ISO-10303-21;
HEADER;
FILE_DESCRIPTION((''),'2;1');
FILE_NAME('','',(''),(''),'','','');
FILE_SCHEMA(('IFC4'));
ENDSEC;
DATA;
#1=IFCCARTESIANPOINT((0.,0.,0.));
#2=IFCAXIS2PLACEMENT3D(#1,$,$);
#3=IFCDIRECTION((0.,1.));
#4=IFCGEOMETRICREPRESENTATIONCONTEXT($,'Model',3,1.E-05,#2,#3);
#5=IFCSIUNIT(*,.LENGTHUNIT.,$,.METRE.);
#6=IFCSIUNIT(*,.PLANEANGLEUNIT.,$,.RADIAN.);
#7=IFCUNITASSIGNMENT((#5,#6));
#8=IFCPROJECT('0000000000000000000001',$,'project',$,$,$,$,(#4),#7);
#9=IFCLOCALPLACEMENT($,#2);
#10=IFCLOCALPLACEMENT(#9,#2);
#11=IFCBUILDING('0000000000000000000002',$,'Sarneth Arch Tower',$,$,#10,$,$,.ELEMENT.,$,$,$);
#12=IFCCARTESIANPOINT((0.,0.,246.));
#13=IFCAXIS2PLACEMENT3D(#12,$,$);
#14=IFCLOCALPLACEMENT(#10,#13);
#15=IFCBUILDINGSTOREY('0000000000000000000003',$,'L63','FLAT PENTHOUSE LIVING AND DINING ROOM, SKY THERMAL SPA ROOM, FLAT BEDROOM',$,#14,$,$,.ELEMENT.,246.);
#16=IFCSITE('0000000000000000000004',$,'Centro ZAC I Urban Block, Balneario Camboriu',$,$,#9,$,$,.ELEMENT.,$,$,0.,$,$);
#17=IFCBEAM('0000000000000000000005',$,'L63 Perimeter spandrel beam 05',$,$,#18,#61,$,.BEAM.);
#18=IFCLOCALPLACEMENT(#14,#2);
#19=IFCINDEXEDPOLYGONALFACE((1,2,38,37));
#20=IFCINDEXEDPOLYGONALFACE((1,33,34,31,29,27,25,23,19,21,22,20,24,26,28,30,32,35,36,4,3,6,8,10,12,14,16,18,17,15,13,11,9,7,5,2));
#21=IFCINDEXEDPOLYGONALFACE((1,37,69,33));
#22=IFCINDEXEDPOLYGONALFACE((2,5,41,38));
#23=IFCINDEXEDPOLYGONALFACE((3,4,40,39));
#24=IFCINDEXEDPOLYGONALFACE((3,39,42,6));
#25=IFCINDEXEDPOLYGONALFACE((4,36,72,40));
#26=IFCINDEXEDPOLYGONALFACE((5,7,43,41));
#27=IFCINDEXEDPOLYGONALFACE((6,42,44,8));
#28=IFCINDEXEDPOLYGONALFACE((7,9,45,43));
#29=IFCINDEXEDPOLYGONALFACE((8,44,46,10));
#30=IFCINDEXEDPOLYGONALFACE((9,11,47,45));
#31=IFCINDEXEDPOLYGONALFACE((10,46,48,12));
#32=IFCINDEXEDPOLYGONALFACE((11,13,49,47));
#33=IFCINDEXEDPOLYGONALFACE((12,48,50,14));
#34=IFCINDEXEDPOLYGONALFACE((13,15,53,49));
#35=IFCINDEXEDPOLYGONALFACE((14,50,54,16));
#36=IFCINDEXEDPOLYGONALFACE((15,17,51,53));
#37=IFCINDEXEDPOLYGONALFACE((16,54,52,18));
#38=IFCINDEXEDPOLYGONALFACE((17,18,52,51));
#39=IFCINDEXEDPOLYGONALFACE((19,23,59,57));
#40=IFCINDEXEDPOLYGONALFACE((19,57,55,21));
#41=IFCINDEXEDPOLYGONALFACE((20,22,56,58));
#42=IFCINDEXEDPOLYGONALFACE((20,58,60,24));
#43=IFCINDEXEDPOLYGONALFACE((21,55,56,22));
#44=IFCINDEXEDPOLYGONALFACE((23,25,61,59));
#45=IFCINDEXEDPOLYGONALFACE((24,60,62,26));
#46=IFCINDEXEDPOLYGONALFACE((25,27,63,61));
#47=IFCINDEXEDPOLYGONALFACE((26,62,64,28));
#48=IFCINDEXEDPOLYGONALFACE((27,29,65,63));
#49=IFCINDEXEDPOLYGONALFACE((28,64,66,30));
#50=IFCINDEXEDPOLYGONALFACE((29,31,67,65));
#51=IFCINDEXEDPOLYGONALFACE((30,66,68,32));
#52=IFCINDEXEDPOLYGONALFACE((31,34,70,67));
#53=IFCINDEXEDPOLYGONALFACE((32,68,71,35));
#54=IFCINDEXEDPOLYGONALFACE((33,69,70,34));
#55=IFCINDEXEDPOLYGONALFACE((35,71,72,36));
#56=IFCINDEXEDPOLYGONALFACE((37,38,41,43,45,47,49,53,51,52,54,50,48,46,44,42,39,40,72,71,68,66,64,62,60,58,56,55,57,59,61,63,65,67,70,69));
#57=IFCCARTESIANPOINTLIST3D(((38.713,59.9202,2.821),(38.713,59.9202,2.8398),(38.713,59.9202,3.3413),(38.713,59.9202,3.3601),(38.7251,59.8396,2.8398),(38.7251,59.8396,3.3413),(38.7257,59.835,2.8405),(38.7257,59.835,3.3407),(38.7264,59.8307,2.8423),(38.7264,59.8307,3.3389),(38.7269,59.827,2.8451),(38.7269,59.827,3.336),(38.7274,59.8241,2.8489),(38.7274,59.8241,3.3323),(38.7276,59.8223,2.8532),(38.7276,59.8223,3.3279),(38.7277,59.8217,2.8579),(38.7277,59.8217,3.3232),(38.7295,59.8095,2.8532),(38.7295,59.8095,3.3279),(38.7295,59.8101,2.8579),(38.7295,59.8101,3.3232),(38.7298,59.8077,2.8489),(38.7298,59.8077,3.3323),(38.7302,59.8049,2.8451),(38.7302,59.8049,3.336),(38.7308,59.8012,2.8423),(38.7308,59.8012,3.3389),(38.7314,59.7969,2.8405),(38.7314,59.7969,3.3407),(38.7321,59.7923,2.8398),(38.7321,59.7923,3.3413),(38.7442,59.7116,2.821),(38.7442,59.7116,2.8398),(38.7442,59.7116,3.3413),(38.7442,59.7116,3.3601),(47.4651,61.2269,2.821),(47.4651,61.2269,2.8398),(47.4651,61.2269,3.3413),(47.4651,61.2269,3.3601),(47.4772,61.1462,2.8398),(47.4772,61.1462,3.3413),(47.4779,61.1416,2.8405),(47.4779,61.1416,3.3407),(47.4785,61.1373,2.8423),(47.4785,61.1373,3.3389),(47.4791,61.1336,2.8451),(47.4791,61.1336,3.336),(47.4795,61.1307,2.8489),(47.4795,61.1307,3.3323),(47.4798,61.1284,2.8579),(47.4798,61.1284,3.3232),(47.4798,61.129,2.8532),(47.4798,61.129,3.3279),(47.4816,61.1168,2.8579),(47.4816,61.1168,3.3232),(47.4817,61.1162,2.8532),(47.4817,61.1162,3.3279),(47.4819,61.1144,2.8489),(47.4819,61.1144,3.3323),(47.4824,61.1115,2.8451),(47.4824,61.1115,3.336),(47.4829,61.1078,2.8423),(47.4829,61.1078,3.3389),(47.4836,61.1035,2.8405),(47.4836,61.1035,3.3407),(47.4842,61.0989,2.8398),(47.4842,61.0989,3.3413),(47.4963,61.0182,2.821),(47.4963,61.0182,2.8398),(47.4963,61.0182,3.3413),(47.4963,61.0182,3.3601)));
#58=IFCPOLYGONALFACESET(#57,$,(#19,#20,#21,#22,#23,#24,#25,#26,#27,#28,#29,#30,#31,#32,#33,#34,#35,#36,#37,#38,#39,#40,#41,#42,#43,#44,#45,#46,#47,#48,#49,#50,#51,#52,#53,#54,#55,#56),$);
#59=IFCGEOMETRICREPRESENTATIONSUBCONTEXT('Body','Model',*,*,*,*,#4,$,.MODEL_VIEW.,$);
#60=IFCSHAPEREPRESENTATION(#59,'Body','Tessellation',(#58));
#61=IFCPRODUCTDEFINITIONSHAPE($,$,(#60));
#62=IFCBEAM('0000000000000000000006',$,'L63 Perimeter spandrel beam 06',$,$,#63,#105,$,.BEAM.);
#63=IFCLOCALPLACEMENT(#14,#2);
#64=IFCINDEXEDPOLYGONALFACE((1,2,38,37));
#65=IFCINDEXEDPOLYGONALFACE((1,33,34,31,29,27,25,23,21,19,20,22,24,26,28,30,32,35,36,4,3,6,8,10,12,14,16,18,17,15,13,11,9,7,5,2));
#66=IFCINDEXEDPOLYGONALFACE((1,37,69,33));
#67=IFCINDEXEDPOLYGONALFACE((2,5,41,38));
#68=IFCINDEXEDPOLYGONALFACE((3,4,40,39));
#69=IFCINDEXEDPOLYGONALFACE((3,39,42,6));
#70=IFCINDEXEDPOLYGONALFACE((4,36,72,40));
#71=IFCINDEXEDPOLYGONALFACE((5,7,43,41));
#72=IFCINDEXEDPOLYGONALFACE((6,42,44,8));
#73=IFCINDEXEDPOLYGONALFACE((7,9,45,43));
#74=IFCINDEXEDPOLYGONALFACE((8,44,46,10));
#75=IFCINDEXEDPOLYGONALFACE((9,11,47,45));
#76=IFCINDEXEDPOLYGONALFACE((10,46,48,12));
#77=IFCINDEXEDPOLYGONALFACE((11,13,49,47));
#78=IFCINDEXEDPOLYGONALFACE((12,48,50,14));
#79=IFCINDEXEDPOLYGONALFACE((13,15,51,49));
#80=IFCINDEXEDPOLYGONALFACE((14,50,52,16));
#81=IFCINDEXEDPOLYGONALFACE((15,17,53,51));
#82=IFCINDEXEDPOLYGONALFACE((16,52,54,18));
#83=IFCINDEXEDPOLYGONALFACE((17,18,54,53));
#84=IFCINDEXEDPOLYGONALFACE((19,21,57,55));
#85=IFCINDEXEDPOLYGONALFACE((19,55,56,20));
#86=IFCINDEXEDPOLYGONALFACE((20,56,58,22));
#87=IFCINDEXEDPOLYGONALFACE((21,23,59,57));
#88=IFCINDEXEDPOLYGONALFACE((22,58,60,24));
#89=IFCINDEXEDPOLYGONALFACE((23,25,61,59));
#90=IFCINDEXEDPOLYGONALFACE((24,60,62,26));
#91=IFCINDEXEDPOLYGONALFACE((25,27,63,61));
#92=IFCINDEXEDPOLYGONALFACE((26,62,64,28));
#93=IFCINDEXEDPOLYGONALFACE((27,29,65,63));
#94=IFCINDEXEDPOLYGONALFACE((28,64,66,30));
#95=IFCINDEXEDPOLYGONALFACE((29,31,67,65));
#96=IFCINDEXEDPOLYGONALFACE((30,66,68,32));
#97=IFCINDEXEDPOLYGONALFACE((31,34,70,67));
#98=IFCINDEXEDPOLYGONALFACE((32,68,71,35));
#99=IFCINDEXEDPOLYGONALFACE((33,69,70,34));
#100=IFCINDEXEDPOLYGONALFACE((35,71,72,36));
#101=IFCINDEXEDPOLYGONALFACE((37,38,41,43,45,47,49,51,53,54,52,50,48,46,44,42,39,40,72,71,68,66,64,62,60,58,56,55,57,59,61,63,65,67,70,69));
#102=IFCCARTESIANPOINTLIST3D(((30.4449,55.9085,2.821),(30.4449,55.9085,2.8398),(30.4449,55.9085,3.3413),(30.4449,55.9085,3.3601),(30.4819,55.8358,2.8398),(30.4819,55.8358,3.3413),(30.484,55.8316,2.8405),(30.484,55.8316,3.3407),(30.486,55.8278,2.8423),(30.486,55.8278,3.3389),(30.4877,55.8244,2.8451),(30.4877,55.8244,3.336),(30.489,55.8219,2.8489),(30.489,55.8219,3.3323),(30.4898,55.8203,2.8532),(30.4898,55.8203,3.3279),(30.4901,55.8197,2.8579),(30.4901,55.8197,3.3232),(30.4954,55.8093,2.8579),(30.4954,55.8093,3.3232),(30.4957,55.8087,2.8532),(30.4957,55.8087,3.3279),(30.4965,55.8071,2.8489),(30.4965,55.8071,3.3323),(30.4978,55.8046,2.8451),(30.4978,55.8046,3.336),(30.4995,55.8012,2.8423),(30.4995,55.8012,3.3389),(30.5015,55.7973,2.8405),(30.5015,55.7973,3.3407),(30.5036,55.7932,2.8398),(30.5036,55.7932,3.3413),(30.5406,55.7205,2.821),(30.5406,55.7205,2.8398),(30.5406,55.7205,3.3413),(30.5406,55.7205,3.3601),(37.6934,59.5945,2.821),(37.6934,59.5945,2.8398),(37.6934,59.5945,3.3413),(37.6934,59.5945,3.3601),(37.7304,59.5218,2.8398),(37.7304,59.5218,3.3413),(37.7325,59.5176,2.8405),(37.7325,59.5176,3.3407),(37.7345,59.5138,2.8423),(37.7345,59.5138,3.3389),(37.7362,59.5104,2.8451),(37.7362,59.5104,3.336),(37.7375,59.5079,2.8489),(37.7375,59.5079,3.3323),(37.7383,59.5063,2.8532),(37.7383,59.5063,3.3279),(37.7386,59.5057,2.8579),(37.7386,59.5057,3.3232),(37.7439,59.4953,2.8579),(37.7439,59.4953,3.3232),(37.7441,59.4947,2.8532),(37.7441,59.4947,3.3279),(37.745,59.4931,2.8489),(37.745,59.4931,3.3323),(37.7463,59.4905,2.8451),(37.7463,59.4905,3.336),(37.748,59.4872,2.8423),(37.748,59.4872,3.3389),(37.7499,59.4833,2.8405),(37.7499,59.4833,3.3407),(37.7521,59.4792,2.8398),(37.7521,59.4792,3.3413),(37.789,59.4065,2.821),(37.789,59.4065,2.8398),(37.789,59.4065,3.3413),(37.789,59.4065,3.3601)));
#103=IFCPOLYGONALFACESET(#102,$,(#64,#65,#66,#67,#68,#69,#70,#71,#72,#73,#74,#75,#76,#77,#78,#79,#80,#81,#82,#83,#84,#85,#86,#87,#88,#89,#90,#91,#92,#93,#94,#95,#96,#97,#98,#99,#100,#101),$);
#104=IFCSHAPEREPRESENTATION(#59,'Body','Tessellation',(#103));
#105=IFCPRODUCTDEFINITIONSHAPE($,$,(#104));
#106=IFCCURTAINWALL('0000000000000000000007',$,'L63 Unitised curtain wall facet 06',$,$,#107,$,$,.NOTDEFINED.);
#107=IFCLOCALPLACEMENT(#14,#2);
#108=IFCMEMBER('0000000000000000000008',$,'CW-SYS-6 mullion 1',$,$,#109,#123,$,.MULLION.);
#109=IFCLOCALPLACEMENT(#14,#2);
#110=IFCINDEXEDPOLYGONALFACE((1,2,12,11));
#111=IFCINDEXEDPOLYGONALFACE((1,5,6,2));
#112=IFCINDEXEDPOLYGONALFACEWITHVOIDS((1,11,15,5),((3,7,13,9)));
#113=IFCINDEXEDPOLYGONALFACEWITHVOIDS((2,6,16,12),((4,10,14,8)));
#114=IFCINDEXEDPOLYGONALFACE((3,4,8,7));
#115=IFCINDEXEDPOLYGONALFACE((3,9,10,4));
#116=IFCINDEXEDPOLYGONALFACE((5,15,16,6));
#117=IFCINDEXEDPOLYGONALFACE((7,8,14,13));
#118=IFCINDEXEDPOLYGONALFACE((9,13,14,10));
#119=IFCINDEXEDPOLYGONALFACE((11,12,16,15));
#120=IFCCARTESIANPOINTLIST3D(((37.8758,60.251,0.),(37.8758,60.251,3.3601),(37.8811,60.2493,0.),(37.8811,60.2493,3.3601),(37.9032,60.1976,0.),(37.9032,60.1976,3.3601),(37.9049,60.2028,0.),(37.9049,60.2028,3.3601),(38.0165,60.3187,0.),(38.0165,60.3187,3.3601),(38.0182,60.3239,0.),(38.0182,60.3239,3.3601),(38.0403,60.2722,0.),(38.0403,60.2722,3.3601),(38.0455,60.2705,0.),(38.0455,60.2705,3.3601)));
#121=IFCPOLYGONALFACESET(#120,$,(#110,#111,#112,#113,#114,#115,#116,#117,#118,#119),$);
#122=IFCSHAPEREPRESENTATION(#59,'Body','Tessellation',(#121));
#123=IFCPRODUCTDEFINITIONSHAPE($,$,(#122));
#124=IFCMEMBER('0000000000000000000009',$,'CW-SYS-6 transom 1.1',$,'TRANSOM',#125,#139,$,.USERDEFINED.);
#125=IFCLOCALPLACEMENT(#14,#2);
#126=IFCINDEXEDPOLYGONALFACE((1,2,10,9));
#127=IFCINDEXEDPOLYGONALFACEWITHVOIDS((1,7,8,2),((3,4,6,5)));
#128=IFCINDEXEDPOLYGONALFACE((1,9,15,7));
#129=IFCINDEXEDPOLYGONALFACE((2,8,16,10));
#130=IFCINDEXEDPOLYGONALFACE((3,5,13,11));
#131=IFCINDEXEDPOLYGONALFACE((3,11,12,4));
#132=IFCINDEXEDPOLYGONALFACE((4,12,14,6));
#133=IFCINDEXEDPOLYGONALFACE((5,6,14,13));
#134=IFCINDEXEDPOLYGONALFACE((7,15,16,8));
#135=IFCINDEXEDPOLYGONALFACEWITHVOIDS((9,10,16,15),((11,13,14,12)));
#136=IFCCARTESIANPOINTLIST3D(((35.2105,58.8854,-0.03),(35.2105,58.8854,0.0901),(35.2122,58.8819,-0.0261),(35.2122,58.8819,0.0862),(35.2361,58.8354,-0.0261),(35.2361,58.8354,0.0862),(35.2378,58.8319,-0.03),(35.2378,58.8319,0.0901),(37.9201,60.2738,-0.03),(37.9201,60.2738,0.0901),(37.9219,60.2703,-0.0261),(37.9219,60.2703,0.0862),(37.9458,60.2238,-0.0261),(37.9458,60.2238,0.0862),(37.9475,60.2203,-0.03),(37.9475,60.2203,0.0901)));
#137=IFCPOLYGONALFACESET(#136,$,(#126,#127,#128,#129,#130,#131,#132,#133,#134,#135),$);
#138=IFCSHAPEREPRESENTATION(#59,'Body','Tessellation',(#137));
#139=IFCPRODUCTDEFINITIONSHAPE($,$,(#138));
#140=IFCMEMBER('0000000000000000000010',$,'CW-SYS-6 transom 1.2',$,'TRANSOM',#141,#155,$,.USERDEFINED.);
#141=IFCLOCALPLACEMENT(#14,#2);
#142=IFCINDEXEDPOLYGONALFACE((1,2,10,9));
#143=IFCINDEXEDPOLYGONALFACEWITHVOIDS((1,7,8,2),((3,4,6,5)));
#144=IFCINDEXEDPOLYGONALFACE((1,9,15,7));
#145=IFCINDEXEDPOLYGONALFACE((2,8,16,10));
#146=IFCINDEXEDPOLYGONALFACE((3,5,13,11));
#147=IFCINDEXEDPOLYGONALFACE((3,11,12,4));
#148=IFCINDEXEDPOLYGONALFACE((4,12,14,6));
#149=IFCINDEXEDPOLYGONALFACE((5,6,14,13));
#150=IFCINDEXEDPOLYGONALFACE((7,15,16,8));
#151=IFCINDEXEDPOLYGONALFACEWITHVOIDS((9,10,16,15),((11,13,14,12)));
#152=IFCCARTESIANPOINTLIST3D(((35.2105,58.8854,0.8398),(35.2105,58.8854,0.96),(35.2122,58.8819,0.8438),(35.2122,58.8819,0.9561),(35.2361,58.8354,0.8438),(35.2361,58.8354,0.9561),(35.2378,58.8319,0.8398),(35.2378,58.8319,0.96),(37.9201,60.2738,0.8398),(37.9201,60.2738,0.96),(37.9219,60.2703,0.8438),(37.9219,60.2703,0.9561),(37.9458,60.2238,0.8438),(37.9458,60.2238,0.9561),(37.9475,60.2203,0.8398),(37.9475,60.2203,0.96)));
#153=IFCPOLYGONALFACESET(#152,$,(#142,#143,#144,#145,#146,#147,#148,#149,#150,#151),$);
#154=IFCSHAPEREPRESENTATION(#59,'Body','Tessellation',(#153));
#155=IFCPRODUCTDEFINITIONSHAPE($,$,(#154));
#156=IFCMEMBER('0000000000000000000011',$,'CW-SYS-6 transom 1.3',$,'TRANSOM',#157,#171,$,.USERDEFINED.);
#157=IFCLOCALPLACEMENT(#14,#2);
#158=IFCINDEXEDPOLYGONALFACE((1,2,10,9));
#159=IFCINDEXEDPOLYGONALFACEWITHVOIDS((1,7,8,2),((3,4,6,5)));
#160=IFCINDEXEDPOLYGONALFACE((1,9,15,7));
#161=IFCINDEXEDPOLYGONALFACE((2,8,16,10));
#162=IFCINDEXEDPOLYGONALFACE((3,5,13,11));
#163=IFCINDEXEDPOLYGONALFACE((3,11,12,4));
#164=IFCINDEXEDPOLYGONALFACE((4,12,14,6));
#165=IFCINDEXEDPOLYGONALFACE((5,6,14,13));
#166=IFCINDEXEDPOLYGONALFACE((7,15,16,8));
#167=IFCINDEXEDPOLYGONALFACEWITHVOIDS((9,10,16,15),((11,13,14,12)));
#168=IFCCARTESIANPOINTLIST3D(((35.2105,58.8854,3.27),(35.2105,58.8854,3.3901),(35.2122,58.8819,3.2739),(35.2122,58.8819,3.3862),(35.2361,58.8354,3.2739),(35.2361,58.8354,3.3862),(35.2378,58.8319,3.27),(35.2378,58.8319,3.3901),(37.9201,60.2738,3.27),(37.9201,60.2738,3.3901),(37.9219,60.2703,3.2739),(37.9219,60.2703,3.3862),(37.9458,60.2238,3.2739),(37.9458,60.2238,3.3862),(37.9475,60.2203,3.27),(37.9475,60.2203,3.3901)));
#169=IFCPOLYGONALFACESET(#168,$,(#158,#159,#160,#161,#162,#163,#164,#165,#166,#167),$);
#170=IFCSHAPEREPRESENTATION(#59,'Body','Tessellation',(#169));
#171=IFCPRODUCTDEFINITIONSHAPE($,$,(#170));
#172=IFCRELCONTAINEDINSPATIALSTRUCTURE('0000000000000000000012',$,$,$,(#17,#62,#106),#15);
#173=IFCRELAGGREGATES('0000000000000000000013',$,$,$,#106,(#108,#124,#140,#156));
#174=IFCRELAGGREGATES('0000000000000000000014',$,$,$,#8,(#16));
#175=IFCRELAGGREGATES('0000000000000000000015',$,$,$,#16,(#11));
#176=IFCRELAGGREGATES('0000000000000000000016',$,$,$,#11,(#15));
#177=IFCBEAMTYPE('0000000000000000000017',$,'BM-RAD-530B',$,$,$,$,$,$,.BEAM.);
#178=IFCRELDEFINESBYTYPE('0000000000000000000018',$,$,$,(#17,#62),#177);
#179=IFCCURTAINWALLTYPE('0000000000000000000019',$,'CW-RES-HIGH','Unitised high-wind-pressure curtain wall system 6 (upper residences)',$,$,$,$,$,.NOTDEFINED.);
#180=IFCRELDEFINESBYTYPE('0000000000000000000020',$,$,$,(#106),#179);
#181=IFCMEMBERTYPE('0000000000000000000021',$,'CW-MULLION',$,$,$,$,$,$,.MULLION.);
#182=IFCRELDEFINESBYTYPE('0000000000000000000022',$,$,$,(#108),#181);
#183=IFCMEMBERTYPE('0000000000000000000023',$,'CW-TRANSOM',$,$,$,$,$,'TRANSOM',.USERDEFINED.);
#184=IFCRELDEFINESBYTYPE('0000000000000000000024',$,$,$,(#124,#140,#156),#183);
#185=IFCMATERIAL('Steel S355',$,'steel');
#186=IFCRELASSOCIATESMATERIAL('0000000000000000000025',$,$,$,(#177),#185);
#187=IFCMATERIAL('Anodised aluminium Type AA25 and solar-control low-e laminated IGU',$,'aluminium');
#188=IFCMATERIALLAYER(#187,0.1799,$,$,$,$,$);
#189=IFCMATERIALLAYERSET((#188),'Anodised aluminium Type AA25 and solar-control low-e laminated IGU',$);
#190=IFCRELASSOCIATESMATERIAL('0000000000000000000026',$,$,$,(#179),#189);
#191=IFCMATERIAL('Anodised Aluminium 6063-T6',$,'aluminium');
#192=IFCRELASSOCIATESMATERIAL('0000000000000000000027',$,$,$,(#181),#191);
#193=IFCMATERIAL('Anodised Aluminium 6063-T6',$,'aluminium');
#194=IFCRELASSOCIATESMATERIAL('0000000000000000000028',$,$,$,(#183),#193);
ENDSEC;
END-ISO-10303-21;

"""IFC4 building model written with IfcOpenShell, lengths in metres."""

from ifc_helpers import new_model, si_unit, direction, frame, origin, origin_2d, place, context, subcontext, project, spatial, hollow_rectangle, i_section, extrude, material, layer, layer_set, material_profile, profile_set, type_object, element, aggregate, save


model = new_model("IFC4")

# Units and contexts
model_context = context("Model", 3, precision=1e-05, world=origin(), true_north=direction((0.0, 1.0)))
body_context = subcontext(model_context, "Body", "Model", "MODEL_VIEW")
ifc_project = project(units=[si_unit("LENGTHUNIT", "METRE"), si_unit("PLANEANGLEUNIT", "RADIAN")], contexts=[model_context])

# Site, building, storey
site_placement = place(None, origin())
site = spatial("IfcSite", under=ifc_project, at=site_placement, Name="Centro ZAC I Urban Block, Balneario Camboriu", CompositionType="ELEMENT", RefElevation=0.0)
building_placement = place(site_placement, origin())
building = spatial("IfcBuilding", under=site, at=building_placement, Name="Sarneth Arch Tower", CompositionType="ELEMENT")
storey_placement = place(building_placement, frame((0.0, 0.0, 246.0)))
storey = spatial("IfcBuildingStorey", under=building, at=storey_placement, Name="L63", Description="FLAT PENTHOUSE LIVING AND DINING ROOM, SKY THERMAL SPA ROOM, FLAT BEDROOM", CompositionType="ELEMENT", Elevation=246.0)

# Beams
ifc_material_1 = material(Name="Steel S355", Category="steel")
ifc_material_profile_1 = material_profile(ifc_material_1, i_section(OverallWidth=0.2109, OverallDepth=0.5391, WebThickness=0.0117, FlangeThickness=0.0188, FilletRadius=0.0181, at=origin_2d()), Name="W530x109")
ifc_profile_set_1 = profile_set([ifc_material_profile_1], Name="Steel S355")
beam_type = type_object("IfcBeamType", Name="BM-RAD-530B", PredefinedType="BEAM", material=ifc_profile_set_1)
beam_1_placement = place(storey_placement, frame((47.4807, 61.1226, 3.0906), z_axis=(-0.989039, -0.147656, 0.0), x_axis=(0.147656, -0.989039, 0.0)))
element("IfcBeam", 1, at=beam_1_placement, inside=storey, type_object=beam_type, Name="L63 Perimeter spandrel beam 05", PredefinedType="BEAM", context=body_context, shape_type="SweptSolid", body=[
    extrude(i_section(OverallWidth=0.2109, OverallDepth=0.5391, WebThickness=0.0117, FlangeThickness=0.0188, FilletRadius=0.0181, at=origin_2d()), origin(), (0.0, 0.0, 1.0), 8.8491),
])
beam_2_placement = place(storey_placement, frame((37.7412, 59.5005, 3.0906), z_axis=(-0.891368, -0.45328, 0.0), x_axis=(0.45328, -0.891368, 0.0)))
element("IfcBeam", 2, at=beam_2_placement, inside=storey, type_object=beam_type, Name="L63 Perimeter spandrel beam 06", PredefinedType="BEAM", context=body_context, shape_type="SweptSolid", body=[
    extrude(i_section(OverallWidth=0.2109, OverallDepth=0.5391, WebThickness=0.0117, FlangeThickness=0.0188, FilletRadius=0.0181, at=origin_2d()), origin(), (0.0, 0.0, 1.0), 8.1318),
])

# Curtain wall, members
ifc_material_2 = material(Name="Anodised aluminium Type AA25 and solar-control low-e laminated IGU", Category="aluminium")
ifc_layer_1 = layer(ifc_material_2, 0.1799)
ifc_layer_set_1 = layer_set([ifc_layer_1], Name="Anodised aluminium Type AA25 and solar-control low-e laminated IGU")
curtain_wall_type = type_object("IfcCurtainWallType", Name="CW-RES-HIGH", Description="Unitised high-wind-pressure curtain wall system 6 (upper residences)", PredefinedType="NOTDEFINED", material=ifc_layer_set_1)
curtain_wall_placement = place(storey_placement, origin())
curtain_wall = element("IfcCurtainWall", 3, at=curtain_wall_placement, inside=storey, type_object=curtain_wall_type, Name="L63 Unitised curtain wall facet 06", PredefinedType="NOTDEFINED")
ifc_material_3 = material(Name="Anodised Aluminium 6063-T6", Category="aluminium")
ifc_material_profile_2 = material_profile(ifc_material_3, hollow_rectangle(XDim=0.0601, YDim=0.1599, WallThickness=0.0039, at=origin_2d()), Name="AL-MULL-160x60x4")
ifc_profile_set_2 = profile_set([ifc_material_profile_2], Name="Anodised Aluminium 6063-T6")
member_type_1 = type_object("IfcMemberType", Name="CW-MULLION", PredefinedType="MULLION", material=ifc_profile_set_2)
member_1_placement = place(storey_placement, frame((37.9607, 60.2607, 0.0), z_axis=(0.0, 0.0, 1.0), x_axis=(0.455942, -0.89001, 0.0)))
member_1 = element("IfcMember", 4, at=member_1_placement, type_object=member_type_1, Name="CW-SYS-6 mullion 1", PredefinedType="MULLION", context=body_context, shape_type="SweptSolid", body=[
    extrude(hollow_rectangle(XDim=0.0601, YDim=0.1599, WallThickness=0.0039, at=origin_2d()), origin(), (0.0, 0.0, 1.0), 3.3601),
])
ifc_material_4 = material(Name="Anodised Aluminium 6063-T6", Category="aluminium")
ifc_material_profile_3 = material_profile(ifc_material_4, hollow_rectangle(XDim=0.0601, YDim=0.1201, WallThickness=0.0039, at=origin_2d()), Name="AL-TRAN-120x60x4")
ifc_profile_set_3 = profile_set([ifc_material_profile_3], Name="Anodised Aluminium 6063-T6")
member_type_2 = type_object("IfcMemberType", Name="CW-TRANSOM", ElementType="TRANSOM", PredefinedType="USERDEFINED", material=ifc_profile_set_3)
member_2_placement = place(storey_placement, frame((37.9338, 60.2471, 0.03), z_axis=(-0.889974, -0.456012, 0.0), x_axis=(0.456012, -0.889974, 0.0)))
member_2 = element("IfcMember", 5, at=member_2_placement, type_object=member_type_2, Name="CW-SYS-6 transom 1.1", ObjectType="TRANSOM", PredefinedType="USERDEFINED", context=body_context, shape_type="SweptSolid", body=[
    extrude(hollow_rectangle(XDim=0.0601, YDim=0.1201, WallThickness=0.0039, at=origin_2d()), origin(), (0.0, 0.0, 1.0), 3.0447),
])
member_3_placement = place(storey_placement, frame((37.9338, 60.2471, 0.8999), z_axis=(-0.889974, -0.456012, 0.0), x_axis=(0.456012, -0.889974, 0.0)))
member_3 = element("IfcMember", 6, at=member_3_placement, type_object=member_type_2, Name="CW-SYS-6 transom 1.2", ObjectType="TRANSOM", PredefinedType="USERDEFINED", context=body_context, shape_type="SweptSolid", body=[
    extrude(hollow_rectangle(XDim=0.0601, YDim=0.1201, WallThickness=0.0039, at=origin_2d()), origin(), (0.0, 0.0, 1.0), 3.0447),
])
member_4_placement = place(storey_placement, frame((37.9338, 60.2471, 3.3301), z_axis=(-0.889974, -0.456012, 0.0), x_axis=(0.456012, -0.889974, 0.0)))
member_4 = element("IfcMember", 7, at=member_4_placement, type_object=member_type_2, Name="CW-SYS-6 transom 1.3", ObjectType="TRANSOM", PredefinedType="USERDEFINED", context=body_context, shape_type="SweptSolid", body=[
    extrude(hollow_rectangle(XDim=0.0601, YDim=0.1201, WallThickness=0.0039, at=origin_2d()), origin(), (0.0, 0.0, 1.0), 3.0447),
])
aggregate(curtain_wall, [member_1, member_2, member_3, member_4])

save(model, "model.ifc")
